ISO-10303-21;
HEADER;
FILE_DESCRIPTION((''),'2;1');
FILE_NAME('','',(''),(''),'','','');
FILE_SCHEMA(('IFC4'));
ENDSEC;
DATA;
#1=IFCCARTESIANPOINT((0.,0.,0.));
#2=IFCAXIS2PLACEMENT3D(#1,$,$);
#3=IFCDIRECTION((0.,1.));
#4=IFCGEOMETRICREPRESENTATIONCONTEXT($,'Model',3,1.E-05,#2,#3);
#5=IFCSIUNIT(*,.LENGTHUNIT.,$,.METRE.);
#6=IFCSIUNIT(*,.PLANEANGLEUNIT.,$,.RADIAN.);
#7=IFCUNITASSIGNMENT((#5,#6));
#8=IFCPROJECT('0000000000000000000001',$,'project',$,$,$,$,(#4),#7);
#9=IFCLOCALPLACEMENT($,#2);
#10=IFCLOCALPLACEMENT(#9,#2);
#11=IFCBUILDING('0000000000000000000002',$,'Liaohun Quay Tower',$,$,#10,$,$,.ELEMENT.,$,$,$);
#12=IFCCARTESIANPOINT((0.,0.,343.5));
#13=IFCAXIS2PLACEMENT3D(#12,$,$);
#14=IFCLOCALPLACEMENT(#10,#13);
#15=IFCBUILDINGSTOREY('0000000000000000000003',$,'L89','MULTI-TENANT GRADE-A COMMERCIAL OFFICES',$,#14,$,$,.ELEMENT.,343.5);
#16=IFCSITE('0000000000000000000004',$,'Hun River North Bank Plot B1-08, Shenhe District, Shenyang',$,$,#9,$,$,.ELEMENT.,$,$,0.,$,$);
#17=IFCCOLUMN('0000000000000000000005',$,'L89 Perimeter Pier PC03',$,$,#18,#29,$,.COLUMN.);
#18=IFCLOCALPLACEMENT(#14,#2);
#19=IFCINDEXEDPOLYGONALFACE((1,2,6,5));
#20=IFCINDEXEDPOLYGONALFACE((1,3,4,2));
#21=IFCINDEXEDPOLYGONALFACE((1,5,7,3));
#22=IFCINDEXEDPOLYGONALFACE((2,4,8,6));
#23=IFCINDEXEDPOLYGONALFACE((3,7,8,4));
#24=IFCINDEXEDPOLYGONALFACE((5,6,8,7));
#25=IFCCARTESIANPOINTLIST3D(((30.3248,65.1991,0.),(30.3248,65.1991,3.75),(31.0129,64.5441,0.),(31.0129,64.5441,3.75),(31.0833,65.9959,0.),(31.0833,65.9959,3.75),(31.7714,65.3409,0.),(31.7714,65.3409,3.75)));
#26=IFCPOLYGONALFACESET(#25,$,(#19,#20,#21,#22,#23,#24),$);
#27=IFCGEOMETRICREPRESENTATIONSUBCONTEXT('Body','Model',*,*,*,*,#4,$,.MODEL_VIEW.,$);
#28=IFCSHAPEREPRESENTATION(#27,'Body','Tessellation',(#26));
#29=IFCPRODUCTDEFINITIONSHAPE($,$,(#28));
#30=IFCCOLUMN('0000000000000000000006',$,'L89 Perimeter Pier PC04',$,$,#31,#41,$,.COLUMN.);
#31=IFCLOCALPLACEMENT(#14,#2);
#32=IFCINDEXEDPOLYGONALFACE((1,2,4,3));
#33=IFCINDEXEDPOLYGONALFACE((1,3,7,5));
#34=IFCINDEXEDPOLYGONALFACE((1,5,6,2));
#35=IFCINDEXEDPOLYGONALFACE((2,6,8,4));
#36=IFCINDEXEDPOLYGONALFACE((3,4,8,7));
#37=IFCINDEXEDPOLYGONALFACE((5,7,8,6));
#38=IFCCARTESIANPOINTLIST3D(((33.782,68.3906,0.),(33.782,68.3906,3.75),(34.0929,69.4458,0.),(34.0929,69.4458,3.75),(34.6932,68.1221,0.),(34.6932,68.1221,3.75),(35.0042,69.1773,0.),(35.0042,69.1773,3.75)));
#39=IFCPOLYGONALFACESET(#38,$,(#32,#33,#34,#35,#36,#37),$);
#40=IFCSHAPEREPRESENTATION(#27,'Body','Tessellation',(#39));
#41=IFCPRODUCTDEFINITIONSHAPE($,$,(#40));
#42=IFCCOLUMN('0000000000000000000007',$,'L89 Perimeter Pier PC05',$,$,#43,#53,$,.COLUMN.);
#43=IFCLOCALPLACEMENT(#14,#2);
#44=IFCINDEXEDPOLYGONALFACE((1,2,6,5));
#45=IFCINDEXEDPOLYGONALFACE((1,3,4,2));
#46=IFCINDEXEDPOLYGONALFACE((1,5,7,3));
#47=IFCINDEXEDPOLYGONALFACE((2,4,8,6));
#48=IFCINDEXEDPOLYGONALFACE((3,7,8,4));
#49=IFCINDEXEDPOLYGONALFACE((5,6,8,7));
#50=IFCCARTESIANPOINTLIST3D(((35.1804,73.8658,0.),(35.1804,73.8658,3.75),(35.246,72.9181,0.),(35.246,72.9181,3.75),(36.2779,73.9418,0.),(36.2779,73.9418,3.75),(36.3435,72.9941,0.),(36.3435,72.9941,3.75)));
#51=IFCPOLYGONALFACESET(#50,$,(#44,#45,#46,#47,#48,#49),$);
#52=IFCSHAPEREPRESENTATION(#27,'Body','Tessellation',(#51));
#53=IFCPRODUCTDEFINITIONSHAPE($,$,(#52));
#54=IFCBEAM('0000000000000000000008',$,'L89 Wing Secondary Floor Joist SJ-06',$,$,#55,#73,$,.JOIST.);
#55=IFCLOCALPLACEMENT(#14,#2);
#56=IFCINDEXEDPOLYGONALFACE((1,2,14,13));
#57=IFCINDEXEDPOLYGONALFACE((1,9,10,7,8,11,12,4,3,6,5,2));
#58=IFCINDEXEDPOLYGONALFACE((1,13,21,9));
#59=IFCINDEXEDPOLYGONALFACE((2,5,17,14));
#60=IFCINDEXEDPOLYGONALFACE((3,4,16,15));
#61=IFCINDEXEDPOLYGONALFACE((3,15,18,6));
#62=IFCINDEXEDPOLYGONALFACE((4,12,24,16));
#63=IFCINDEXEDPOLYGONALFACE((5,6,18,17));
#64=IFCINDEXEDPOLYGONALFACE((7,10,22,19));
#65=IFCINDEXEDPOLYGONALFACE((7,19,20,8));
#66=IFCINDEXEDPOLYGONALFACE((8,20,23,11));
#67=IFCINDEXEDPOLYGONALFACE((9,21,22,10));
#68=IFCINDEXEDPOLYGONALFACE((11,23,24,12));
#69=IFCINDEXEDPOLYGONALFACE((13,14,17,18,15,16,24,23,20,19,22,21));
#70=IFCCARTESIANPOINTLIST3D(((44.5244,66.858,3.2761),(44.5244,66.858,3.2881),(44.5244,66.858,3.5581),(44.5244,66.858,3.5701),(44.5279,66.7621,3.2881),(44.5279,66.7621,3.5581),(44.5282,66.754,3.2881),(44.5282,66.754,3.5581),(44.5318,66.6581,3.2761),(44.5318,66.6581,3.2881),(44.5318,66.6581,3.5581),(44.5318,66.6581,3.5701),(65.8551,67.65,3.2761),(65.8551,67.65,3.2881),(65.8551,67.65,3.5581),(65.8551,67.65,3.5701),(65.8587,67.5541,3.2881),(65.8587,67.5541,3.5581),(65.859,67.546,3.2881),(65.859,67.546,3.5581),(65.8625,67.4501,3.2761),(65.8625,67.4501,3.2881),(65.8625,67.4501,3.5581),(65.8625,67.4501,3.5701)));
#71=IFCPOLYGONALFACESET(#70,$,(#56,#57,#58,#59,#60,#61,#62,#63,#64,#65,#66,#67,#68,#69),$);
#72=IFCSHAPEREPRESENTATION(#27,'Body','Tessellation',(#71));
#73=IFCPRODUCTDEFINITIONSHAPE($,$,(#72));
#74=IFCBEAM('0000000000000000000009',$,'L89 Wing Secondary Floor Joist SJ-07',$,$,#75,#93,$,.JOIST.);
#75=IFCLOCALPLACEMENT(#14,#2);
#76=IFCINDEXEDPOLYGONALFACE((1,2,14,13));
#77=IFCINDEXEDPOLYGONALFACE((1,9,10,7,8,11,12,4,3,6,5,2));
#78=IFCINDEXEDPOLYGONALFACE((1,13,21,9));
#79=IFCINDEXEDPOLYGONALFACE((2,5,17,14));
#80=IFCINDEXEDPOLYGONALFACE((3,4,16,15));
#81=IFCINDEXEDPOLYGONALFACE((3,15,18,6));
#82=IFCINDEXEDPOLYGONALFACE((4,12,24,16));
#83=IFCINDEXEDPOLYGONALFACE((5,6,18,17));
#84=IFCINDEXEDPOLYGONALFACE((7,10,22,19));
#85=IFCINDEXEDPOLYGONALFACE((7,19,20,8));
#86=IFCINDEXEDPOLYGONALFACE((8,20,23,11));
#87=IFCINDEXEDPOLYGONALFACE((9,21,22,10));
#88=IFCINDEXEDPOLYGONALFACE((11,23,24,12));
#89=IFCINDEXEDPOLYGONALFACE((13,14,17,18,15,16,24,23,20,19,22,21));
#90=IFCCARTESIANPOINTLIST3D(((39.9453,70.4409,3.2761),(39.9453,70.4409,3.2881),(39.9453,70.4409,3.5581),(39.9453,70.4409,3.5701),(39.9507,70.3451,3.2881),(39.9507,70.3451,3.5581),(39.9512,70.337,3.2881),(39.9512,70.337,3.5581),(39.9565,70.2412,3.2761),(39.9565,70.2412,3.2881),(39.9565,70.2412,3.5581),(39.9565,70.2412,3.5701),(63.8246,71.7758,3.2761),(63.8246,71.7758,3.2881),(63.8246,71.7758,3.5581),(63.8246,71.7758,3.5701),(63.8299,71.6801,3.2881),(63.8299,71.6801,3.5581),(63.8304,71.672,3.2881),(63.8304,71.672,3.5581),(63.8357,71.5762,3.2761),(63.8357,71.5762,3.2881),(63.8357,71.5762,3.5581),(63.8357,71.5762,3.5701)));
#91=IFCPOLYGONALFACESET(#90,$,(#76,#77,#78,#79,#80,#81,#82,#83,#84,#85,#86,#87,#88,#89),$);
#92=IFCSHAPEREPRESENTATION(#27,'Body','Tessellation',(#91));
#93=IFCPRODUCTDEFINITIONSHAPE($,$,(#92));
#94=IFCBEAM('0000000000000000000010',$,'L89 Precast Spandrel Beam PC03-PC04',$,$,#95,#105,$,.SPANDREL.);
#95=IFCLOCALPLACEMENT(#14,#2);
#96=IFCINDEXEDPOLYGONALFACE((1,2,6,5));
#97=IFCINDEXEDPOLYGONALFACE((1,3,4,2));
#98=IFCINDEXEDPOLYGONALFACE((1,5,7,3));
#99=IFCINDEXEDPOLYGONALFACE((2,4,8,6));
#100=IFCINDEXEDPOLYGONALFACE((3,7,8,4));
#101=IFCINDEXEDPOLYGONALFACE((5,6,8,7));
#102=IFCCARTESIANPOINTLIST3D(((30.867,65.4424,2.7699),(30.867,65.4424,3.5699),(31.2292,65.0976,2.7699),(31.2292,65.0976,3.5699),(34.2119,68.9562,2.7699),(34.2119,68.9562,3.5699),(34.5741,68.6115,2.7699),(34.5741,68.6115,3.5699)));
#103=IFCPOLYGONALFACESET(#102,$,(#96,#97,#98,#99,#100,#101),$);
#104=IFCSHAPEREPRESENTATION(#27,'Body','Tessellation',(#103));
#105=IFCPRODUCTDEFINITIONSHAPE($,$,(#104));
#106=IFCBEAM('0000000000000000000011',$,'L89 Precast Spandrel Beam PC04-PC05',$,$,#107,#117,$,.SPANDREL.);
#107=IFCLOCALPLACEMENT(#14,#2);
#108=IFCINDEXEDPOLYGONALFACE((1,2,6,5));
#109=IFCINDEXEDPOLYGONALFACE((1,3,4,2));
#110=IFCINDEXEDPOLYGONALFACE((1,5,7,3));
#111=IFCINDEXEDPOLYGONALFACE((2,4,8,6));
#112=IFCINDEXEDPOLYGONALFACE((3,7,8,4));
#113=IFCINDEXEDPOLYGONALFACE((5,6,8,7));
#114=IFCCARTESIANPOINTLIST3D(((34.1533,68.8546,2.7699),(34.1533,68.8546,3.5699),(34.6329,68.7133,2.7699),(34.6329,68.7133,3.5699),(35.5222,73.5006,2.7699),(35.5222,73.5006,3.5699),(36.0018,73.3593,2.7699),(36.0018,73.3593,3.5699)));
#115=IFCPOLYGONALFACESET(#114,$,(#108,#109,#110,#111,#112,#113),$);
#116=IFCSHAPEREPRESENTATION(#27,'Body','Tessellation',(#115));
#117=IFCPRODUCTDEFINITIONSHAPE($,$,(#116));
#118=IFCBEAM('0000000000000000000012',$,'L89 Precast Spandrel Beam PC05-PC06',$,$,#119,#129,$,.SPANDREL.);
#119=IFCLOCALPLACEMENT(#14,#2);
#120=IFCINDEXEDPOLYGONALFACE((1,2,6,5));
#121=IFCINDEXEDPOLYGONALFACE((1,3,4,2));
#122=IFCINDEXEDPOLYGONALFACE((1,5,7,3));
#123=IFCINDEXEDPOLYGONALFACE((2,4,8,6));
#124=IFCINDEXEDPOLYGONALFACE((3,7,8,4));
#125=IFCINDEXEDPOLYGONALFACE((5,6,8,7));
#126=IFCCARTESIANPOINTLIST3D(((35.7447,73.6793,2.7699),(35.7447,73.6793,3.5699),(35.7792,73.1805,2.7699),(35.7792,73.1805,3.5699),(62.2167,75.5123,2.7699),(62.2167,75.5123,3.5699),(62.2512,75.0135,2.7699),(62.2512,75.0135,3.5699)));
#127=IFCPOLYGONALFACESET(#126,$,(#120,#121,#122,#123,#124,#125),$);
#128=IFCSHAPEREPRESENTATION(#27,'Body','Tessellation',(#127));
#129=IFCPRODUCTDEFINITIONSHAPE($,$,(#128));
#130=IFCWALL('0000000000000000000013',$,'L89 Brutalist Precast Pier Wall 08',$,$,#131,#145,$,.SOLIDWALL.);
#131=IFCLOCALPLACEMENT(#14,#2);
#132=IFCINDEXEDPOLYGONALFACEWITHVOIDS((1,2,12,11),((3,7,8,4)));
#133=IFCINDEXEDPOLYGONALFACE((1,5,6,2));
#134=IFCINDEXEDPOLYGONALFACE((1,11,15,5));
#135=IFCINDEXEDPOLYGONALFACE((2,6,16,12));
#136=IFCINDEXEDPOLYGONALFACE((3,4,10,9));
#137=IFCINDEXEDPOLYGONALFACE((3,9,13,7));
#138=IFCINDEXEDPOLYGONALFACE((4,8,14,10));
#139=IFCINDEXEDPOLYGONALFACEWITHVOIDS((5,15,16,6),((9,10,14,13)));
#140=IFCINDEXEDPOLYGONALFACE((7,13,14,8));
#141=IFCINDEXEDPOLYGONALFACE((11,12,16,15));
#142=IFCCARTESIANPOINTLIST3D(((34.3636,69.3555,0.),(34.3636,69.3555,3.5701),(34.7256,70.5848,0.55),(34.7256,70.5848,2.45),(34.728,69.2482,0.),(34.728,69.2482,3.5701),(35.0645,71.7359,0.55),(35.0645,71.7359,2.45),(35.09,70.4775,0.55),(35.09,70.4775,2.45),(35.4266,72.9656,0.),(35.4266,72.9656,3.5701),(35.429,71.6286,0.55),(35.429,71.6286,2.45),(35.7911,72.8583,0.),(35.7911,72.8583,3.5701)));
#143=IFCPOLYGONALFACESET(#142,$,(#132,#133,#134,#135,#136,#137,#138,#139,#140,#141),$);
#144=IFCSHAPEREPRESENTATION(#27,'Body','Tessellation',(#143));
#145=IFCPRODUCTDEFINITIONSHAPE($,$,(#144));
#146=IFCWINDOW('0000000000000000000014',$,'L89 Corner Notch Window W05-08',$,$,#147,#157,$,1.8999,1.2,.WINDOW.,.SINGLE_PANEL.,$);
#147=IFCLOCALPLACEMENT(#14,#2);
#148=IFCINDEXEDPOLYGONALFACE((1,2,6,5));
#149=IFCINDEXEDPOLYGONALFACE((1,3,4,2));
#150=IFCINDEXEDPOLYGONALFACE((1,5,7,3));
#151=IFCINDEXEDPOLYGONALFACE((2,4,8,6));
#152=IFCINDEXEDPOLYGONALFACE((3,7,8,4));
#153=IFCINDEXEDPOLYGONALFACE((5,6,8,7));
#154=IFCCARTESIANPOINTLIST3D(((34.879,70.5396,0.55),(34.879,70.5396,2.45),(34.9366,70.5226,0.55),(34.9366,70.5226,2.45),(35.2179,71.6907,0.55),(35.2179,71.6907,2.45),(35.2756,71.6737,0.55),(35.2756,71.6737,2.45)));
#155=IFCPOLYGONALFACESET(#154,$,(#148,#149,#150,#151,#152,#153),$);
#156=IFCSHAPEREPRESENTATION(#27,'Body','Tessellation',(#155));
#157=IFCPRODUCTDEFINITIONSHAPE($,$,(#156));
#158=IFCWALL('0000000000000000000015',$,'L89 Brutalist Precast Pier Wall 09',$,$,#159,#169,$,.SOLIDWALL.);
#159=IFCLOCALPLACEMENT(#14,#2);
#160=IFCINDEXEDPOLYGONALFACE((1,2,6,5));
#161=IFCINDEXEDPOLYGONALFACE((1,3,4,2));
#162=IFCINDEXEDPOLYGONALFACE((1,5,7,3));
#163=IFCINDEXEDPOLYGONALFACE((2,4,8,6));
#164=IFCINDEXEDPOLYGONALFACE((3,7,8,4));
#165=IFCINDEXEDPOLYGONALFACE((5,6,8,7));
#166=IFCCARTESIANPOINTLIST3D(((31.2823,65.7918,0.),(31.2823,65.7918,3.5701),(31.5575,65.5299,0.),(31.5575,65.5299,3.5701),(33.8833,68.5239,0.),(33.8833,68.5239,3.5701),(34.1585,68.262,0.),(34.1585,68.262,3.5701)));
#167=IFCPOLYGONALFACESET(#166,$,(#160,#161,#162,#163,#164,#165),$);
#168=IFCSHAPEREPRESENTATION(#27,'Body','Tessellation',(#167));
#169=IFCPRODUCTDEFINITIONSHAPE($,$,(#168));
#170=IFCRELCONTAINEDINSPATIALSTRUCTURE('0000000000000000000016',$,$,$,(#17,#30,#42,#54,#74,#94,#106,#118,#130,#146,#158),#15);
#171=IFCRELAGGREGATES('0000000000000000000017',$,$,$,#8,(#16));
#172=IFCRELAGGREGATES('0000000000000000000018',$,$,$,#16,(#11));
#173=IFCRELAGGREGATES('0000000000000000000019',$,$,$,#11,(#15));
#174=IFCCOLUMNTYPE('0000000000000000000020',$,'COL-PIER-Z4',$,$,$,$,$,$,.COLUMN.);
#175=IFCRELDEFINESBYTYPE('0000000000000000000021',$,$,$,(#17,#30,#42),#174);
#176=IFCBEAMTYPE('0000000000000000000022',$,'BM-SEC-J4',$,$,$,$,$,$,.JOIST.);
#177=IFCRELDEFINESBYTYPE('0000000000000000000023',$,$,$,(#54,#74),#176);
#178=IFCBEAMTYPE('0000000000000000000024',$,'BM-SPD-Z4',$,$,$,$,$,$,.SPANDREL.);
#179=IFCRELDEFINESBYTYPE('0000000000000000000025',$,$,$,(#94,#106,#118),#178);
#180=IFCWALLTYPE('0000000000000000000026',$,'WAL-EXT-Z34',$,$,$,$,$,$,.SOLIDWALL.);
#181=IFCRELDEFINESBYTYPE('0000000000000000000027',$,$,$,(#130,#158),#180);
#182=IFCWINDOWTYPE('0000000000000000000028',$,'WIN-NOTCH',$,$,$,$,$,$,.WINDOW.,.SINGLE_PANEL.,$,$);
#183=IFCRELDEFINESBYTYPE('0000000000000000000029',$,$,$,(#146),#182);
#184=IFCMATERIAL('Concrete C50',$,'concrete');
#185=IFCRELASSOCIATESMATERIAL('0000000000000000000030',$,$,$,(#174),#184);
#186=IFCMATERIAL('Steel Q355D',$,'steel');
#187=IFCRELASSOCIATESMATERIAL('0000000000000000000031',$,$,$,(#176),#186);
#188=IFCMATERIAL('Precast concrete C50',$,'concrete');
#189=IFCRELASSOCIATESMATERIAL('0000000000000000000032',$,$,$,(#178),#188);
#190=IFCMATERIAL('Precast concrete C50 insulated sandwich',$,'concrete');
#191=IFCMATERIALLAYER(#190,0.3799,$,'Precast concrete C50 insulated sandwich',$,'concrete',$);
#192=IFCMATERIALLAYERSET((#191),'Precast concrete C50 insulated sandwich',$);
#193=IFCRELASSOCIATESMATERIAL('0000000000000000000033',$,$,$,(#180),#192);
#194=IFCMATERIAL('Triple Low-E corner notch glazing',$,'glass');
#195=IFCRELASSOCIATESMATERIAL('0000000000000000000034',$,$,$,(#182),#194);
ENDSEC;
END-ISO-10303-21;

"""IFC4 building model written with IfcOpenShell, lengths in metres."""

from ifc_helpers import new_model, si_unit, direction, frame, frame_2d, origin, origin_2d, place, context, subcontext, project, spatial, rectangle, i_section, extrude, source, transform, mapped, material, layer, layer_set, material_profile, profile_set, type_object, element, fill, save


model = new_model("IFC4")

# Units and contexts
model_context = context("Model", 3, precision=1e-05, world=origin(), true_north=direction((0.0, 1.0)))
body_context = subcontext(model_context, "Body", "Model", "MODEL_VIEW")
ifc_project = project(units=[si_unit("LENGTHUNIT", "METRE"), si_unit("PLANEANGLEUNIT", "RADIAN")], contexts=[model_context])

# Site, building, storey
site_placement = place(None, origin())
site = spatial("IfcSite", under=ifc_project, at=site_placement, Name="Hun River North Bank Plot B1-08, Shenhe District, Shenyang", CompositionType="ELEMENT", RefElevation=0.0)
building_placement = place(site_placement, origin())
building = spatial("IfcBuilding", under=site, at=building_placement, Name="Liaohun Quay Tower", CompositionType="ELEMENT")
storey_placement = place(building_placement, frame((0.0, 0.0, 343.5)))
storey = spatial("IfcBuildingStorey", under=building, at=storey_placement, Name="L89", Description="MULTI-TENANT GRADE-A COMMERCIAL OFFICES", CompositionType="ELEMENT", Elevation=343.5)

# Columns
ifc_material_1 = material(Name="Concrete C50", Category="concrete")
ifc_material_profile_1 = material_profile(ifc_material_1, rectangle(XDim=1.1001, YDim=0.95, at=origin_2d()), Name="RC1100x950")
ifc_profile_set_1 = profile_set([ifc_material_profile_1], Name="Concrete C50")
column_type = type_object("IfcColumnType", Name="COL-PIER-Z4", PredefinedType="COLUMN", material=ifc_profile_set_1)
shared_shape_1 = source(origin(), body_context, "Body", "SweptSolid", [
    extrude(rectangle(XDim=1.1001, YDim=0.95, at=origin_2d()), origin(), (0.0, 0.0, 1.0), 3.75),
])
for number, where, z_axis, x_axis, name in (
    (1, (31.0481, 65.27, 0.0), (0.0, 0.0, 1.0), (0.689493, 0.724292, 0.0), "L89 Perimeter Pier PC03"),
    (2, (34.3931, 68.7839, 0.0), (0.0, 0.0, 1.0), (0.282676, 0.959215, 0.0), "L89 Perimeter Pier PC04"),
    (3, (35.762, 73.4299, 0.0), (0.0, 0.0, 1.0), (0.997613, 0.06906, 0.0), "L89 Perimeter Pier PC05"),
):
    element("IfcColumn", number, at=place(storey_placement, frame(where, z_axis=z_axis, x_axis=x_axis)), inside=storey, type_object=column_type, Name=name, PredefinedType="COLUMN", context=body_context, shape_type="MappedRepresentation", body=[
        mapped(shared_shape_1, transform((0.0, 0.0, 0.0), x_axis=(1.0, 0.0, 0.0), y_axis=(0.0, 1.0, 0.0), z_axis=(0.0, 0.0, 1.0), scale=1.0)),
    ])

# Beams
ifc_material_2 = material(Name="Steel Q355D", Category="steel")
ifc_material_profile_2 = material_profile(ifc_material_2, i_section(OverallWidth=0.2, OverallDepth=0.2939, WebThickness=0.0081, FlangeThickness=0.012, at=origin_2d()), Name="HM294x200x8x12")
ifc_profile_set_2 = profile_set([ifc_material_profile_2], Name="Steel Q355D")
beam_type_1 = type_object("IfcBeamType", Name="BM-SEC-J4", PredefinedType="JOIST", material=ifc_profile_set_2)
shared_shape_2 = source(origin(), body_context, "Body", "SweptSolid", [
    extrude(i_section(OverallWidth=0.2, OverallDepth=0.2939, WebThickness=0.0081, FlangeThickness=0.012, at=origin_2d()), origin(), (0.0, 0.0, 1.0), 21.3455),
])
beam_1_placement = place(storey_placement, frame((44.5281, 66.7581, 3.4231), z_axis=(0.999311, 0.037103, 0.0), x_axis=(-0.037103, 0.999311, 0.0)))
element("IfcBeam", 4, at=beam_1_placement, inside=storey, type_object=beam_type_1, Name="L89 Wing Secondary Floor Joist SJ-06", PredefinedType="JOIST", context=body_context, shape_type="MappedRepresentation", body=[
    mapped(shared_shape_2, transform((0.0, 0.0, 0.0), x_axis=(1.0, 0.0, 0.0), y_axis=(0.0, 1.0, 0.0), z_axis=(0.0, 0.0, 1.0), scale=1.0)),
])
shared_shape_3 = source(origin(), body_context, "Body", "SweptSolid", [
    extrude(i_section(OverallWidth=0.2, OverallDepth=0.2939, WebThickness=0.0081, FlangeThickness=0.012, at=origin_2d()), origin(), (0.0, 0.0, 1.0), 23.9165),
])
beam_2_placement = place(storey_placement, frame((39.9509, 70.3411, 3.4231), z_axis=(0.998441, 0.055818, 0.0), x_axis=(-0.055818, 0.998441, 0.0)))
element("IfcBeam", 5, at=beam_2_placement, inside=storey, type_object=beam_type_1, Name="L89 Wing Secondary Floor Joist SJ-07", PredefinedType="JOIST", context=body_context, shape_type="MappedRepresentation", body=[
    mapped(shared_shape_3, transform((0.0, 0.0, 0.0), x_axis=(1.0, 0.0, 0.0), y_axis=(0.0, 1.0, 0.0), z_axis=(0.0, 0.0, 1.0), scale=1.0)),
])
ifc_material_3 = material(Name="Precast concrete C50", Category="concrete")
ifc_material_profile_3 = material_profile(ifc_material_3, rectangle(XDim=0.5, YDim=0.8, at=origin_2d()), Name="RC500x800")
ifc_profile_set_3 = profile_set([ifc_material_profile_3], Name="Precast concrete C50")
beam_type_2 = type_object("IfcBeamType", Name="BM-SPD-Z4", PredefinedType="SPANDREL", material=ifc_profile_set_3)
shared_shape_4 = source(origin(), body_context, "Body", "SweptSolid", [
    extrude(rectangle(XDim=0.5, YDim=0.8, at=origin_2d()), origin(), (0.0, 0.0, 1.0), 4.8513),
])
beam_3_placement = place(storey_placement, frame((31.0481, 65.27, 3.1699), z_axis=(0.68948, 0.724304, 0.0), x_axis=(-0.724304, 0.68948, 0.0)))
element("IfcBeam", 6, at=beam_3_placement, inside=storey, type_object=beam_type_2, Name="L89 Precast Spandrel Beam PC03-PC04", PredefinedType="SPANDREL", context=body_context, shape_type="MappedRepresentation", body=[
    mapped(shared_shape_4, transform((0.0, 0.0, 0.0), x_axis=(1.0, 0.0, 0.0), y_axis=(0.0, 1.0, 0.0), z_axis=(0.0, 0.0, 1.0), scale=1.0)),
])
shared_shape_5 = source(origin(), body_context, "Body", "SweptSolid", [
    extrude(rectangle(XDim=0.5, YDim=0.8, at=origin_2d()), origin(), (0.0, 0.0, 1.0), 4.8435),
])
beam_4_placement = place(storey_placement, frame((34.3931, 68.7839, 3.1699), z_axis=(0.282627, 0.95923, 0.0), x_axis=(-0.95923, 0.282627, 0.0)))
element("IfcBeam", 7, at=beam_4_placement, inside=storey, type_object=beam_type_2, Name="L89 Precast Spandrel Beam PC04-PC05", PredefinedType="SPANDREL", context=body_context, shape_type="MappedRepresentation", body=[
    mapped(shared_shape_5, transform((0.0, 0.0, 0.0), x_axis=(1.0, 0.0, 0.0), y_axis=(0.0, 1.0, 0.0), z_axis=(0.0, 0.0, 1.0), scale=1.0)),
])
shared_shape_6 = source(origin(), body_context, "Body", "SweptSolid", [
    extrude(rectangle(XDim=0.5, YDim=0.8, at=origin_2d()), origin(), (0.0, 0.0, 1.0), 26.5354),
])
beam_5_placement = place(storey_placement, frame((35.762, 73.4299, 3.1699), z_axis=(0.997611, 0.069078, 0.0), x_axis=(-0.069078, 0.997611, 0.0)))
element("IfcBeam", 8, at=beam_5_placement, inside=storey, type_object=beam_type_2, Name="L89 Precast Spandrel Beam PC05-PC06", PredefinedType="SPANDREL", context=body_context, shape_type="MappedRepresentation", body=[
    mapped(shared_shape_6, transform((0.0, 0.0, 0.0), x_axis=(1.0, 0.0, 0.0), y_axis=(0.0, 1.0, 0.0), z_axis=(0.0, 0.0, 1.0), scale=1.0)),
])

# Wall, opening, window
ifc_material_4 = material(Name="Precast concrete C50 insulated sandwich", Category="concrete")
ifc_layer_1 = layer(ifc_material_4, 0.3799, Name="Precast concrete C50 insulated sandwich", Category="concrete")
ifc_layer_set_1 = layer_set([ifc_layer_1], Name="Precast concrete C50 insulated sandwich")
wall_type_1 = type_object("IfcWallType", Name="WAL-EXT-Z34", PredefinedType="SOLIDWALL", material=ifc_layer_set_1)
wall_1_placement = place(storey_placement, frame((35.6089, 72.9121, 0.0), z_axis=(0.0, 0.0, 1.0), x_axis=(-0.282458, -0.95928, 0.0)))
wall_1 = element("IfcWall", 9, at=wall_1_placement, inside=storey, type_object=wall_type_1, Name="L89 Brutalist Precast Pier Wall 08", PredefinedType="SOLIDWALL", context=body_context, shape_type="SweptSolid", body=[
    extrude(rectangle(XDim=3.7634, YDim=0.3799, at=frame_2d((1.8818, 0.0))), origin(), (0.0, 0.0, 1.0), 3.5701),
])
shared_shape_7 = source(origin(), body_context, "Body", "SweptSolid", [
    extrude(rectangle(XDim=1.2, YDim=1.8999, at=frame_2d((0.6001, 0.95))), frame((0.0, 0.2, 0.0), z_axis=(0.0, -1.0, 0.0), x_axis=(1.0, 0.0, 0.0)), (0.0, 0.0, 1.0), 0.3999),
])
opening_1_placement = place(wall_1_placement, frame((1.282, 0.0, 0.55)))
opening_1 = element("IfcOpeningElement", 10, at=opening_1_placement, cuts=wall_1, PredefinedType="OPENING", context=body_context, shape_type="MappedRepresentation", body=[
    mapped(shared_shape_7, transform((0.0, 0.0, 0.0), x_axis=(1.0, 0.0, 0.0), y_axis=(0.0, 1.0, 0.0), z_axis=(0.0, 0.0, 1.0), scale=1.0)),
])
ifc_material_5 = material(Name="Triple Low-E corner notch glazing", Category="glass")
window_type_1 = type_object("IfcWindowType", Name="WIN-NOTCH", PartitioningType="SINGLE_PANEL", PredefinedType="WINDOW", material=ifc_material_5)
shared_shape_8 = source(origin(), body_context, "Body", "SweptSolid", [
    extrude(rectangle(XDim=1.2, YDim=1.8999, at=frame_2d((0.6001, 0.95))), frame((0.0, 0.03, 0.0), z_axis=(0.0, -1.0, 0.0), x_axis=(1.0, 0.0, 0.0)), (0.0, 0.0, 1.0), 0.0601),
])
window_1_placement = place(opening_1_placement, origin())
window_1 = element("IfcWindow", 11, at=window_1_placement, inside=storey, type_object=window_type_1, Name="L89 Corner Notch Window W05-08", OverallHeight=1.8999, OverallWidth=1.2, PartitioningType="SINGLE_PANEL", PredefinedType="WINDOW", context=body_context, shape_type="MappedRepresentation", body=[
    mapped(shared_shape_8, transform((0.0, 0.0, 0.0), x_axis=(1.0, 0.0, 0.0), y_axis=(0.0, 1.0, 0.0), z_axis=(0.0, 0.0, 1.0), scale=1.0)),
])
fill(opening_1, window_1)

# Wall
wall_2_placement = place(storey_placement, frame((34.021, 68.3931, 0.0), z_axis=(0.0, 0.0, 1.0), x_axis=(-0.689516, -0.72427, 0.0)))
element("IfcWall", 12, at=wall_2_placement, inside=storey, type_object=wall_type_1, Name="L89 Brutalist Precast Pier Wall 09", PredefinedType="SOLIDWALL", context=body_context, shape_type="SweptSolid", body=[
    extrude(rectangle(XDim=3.7722, YDim=0.3799, at=frame_2d((1.8862, 0.0))), origin(), (0.0, 0.0, 1.0), 3.5701),
])

save(model, "model.ifc")
